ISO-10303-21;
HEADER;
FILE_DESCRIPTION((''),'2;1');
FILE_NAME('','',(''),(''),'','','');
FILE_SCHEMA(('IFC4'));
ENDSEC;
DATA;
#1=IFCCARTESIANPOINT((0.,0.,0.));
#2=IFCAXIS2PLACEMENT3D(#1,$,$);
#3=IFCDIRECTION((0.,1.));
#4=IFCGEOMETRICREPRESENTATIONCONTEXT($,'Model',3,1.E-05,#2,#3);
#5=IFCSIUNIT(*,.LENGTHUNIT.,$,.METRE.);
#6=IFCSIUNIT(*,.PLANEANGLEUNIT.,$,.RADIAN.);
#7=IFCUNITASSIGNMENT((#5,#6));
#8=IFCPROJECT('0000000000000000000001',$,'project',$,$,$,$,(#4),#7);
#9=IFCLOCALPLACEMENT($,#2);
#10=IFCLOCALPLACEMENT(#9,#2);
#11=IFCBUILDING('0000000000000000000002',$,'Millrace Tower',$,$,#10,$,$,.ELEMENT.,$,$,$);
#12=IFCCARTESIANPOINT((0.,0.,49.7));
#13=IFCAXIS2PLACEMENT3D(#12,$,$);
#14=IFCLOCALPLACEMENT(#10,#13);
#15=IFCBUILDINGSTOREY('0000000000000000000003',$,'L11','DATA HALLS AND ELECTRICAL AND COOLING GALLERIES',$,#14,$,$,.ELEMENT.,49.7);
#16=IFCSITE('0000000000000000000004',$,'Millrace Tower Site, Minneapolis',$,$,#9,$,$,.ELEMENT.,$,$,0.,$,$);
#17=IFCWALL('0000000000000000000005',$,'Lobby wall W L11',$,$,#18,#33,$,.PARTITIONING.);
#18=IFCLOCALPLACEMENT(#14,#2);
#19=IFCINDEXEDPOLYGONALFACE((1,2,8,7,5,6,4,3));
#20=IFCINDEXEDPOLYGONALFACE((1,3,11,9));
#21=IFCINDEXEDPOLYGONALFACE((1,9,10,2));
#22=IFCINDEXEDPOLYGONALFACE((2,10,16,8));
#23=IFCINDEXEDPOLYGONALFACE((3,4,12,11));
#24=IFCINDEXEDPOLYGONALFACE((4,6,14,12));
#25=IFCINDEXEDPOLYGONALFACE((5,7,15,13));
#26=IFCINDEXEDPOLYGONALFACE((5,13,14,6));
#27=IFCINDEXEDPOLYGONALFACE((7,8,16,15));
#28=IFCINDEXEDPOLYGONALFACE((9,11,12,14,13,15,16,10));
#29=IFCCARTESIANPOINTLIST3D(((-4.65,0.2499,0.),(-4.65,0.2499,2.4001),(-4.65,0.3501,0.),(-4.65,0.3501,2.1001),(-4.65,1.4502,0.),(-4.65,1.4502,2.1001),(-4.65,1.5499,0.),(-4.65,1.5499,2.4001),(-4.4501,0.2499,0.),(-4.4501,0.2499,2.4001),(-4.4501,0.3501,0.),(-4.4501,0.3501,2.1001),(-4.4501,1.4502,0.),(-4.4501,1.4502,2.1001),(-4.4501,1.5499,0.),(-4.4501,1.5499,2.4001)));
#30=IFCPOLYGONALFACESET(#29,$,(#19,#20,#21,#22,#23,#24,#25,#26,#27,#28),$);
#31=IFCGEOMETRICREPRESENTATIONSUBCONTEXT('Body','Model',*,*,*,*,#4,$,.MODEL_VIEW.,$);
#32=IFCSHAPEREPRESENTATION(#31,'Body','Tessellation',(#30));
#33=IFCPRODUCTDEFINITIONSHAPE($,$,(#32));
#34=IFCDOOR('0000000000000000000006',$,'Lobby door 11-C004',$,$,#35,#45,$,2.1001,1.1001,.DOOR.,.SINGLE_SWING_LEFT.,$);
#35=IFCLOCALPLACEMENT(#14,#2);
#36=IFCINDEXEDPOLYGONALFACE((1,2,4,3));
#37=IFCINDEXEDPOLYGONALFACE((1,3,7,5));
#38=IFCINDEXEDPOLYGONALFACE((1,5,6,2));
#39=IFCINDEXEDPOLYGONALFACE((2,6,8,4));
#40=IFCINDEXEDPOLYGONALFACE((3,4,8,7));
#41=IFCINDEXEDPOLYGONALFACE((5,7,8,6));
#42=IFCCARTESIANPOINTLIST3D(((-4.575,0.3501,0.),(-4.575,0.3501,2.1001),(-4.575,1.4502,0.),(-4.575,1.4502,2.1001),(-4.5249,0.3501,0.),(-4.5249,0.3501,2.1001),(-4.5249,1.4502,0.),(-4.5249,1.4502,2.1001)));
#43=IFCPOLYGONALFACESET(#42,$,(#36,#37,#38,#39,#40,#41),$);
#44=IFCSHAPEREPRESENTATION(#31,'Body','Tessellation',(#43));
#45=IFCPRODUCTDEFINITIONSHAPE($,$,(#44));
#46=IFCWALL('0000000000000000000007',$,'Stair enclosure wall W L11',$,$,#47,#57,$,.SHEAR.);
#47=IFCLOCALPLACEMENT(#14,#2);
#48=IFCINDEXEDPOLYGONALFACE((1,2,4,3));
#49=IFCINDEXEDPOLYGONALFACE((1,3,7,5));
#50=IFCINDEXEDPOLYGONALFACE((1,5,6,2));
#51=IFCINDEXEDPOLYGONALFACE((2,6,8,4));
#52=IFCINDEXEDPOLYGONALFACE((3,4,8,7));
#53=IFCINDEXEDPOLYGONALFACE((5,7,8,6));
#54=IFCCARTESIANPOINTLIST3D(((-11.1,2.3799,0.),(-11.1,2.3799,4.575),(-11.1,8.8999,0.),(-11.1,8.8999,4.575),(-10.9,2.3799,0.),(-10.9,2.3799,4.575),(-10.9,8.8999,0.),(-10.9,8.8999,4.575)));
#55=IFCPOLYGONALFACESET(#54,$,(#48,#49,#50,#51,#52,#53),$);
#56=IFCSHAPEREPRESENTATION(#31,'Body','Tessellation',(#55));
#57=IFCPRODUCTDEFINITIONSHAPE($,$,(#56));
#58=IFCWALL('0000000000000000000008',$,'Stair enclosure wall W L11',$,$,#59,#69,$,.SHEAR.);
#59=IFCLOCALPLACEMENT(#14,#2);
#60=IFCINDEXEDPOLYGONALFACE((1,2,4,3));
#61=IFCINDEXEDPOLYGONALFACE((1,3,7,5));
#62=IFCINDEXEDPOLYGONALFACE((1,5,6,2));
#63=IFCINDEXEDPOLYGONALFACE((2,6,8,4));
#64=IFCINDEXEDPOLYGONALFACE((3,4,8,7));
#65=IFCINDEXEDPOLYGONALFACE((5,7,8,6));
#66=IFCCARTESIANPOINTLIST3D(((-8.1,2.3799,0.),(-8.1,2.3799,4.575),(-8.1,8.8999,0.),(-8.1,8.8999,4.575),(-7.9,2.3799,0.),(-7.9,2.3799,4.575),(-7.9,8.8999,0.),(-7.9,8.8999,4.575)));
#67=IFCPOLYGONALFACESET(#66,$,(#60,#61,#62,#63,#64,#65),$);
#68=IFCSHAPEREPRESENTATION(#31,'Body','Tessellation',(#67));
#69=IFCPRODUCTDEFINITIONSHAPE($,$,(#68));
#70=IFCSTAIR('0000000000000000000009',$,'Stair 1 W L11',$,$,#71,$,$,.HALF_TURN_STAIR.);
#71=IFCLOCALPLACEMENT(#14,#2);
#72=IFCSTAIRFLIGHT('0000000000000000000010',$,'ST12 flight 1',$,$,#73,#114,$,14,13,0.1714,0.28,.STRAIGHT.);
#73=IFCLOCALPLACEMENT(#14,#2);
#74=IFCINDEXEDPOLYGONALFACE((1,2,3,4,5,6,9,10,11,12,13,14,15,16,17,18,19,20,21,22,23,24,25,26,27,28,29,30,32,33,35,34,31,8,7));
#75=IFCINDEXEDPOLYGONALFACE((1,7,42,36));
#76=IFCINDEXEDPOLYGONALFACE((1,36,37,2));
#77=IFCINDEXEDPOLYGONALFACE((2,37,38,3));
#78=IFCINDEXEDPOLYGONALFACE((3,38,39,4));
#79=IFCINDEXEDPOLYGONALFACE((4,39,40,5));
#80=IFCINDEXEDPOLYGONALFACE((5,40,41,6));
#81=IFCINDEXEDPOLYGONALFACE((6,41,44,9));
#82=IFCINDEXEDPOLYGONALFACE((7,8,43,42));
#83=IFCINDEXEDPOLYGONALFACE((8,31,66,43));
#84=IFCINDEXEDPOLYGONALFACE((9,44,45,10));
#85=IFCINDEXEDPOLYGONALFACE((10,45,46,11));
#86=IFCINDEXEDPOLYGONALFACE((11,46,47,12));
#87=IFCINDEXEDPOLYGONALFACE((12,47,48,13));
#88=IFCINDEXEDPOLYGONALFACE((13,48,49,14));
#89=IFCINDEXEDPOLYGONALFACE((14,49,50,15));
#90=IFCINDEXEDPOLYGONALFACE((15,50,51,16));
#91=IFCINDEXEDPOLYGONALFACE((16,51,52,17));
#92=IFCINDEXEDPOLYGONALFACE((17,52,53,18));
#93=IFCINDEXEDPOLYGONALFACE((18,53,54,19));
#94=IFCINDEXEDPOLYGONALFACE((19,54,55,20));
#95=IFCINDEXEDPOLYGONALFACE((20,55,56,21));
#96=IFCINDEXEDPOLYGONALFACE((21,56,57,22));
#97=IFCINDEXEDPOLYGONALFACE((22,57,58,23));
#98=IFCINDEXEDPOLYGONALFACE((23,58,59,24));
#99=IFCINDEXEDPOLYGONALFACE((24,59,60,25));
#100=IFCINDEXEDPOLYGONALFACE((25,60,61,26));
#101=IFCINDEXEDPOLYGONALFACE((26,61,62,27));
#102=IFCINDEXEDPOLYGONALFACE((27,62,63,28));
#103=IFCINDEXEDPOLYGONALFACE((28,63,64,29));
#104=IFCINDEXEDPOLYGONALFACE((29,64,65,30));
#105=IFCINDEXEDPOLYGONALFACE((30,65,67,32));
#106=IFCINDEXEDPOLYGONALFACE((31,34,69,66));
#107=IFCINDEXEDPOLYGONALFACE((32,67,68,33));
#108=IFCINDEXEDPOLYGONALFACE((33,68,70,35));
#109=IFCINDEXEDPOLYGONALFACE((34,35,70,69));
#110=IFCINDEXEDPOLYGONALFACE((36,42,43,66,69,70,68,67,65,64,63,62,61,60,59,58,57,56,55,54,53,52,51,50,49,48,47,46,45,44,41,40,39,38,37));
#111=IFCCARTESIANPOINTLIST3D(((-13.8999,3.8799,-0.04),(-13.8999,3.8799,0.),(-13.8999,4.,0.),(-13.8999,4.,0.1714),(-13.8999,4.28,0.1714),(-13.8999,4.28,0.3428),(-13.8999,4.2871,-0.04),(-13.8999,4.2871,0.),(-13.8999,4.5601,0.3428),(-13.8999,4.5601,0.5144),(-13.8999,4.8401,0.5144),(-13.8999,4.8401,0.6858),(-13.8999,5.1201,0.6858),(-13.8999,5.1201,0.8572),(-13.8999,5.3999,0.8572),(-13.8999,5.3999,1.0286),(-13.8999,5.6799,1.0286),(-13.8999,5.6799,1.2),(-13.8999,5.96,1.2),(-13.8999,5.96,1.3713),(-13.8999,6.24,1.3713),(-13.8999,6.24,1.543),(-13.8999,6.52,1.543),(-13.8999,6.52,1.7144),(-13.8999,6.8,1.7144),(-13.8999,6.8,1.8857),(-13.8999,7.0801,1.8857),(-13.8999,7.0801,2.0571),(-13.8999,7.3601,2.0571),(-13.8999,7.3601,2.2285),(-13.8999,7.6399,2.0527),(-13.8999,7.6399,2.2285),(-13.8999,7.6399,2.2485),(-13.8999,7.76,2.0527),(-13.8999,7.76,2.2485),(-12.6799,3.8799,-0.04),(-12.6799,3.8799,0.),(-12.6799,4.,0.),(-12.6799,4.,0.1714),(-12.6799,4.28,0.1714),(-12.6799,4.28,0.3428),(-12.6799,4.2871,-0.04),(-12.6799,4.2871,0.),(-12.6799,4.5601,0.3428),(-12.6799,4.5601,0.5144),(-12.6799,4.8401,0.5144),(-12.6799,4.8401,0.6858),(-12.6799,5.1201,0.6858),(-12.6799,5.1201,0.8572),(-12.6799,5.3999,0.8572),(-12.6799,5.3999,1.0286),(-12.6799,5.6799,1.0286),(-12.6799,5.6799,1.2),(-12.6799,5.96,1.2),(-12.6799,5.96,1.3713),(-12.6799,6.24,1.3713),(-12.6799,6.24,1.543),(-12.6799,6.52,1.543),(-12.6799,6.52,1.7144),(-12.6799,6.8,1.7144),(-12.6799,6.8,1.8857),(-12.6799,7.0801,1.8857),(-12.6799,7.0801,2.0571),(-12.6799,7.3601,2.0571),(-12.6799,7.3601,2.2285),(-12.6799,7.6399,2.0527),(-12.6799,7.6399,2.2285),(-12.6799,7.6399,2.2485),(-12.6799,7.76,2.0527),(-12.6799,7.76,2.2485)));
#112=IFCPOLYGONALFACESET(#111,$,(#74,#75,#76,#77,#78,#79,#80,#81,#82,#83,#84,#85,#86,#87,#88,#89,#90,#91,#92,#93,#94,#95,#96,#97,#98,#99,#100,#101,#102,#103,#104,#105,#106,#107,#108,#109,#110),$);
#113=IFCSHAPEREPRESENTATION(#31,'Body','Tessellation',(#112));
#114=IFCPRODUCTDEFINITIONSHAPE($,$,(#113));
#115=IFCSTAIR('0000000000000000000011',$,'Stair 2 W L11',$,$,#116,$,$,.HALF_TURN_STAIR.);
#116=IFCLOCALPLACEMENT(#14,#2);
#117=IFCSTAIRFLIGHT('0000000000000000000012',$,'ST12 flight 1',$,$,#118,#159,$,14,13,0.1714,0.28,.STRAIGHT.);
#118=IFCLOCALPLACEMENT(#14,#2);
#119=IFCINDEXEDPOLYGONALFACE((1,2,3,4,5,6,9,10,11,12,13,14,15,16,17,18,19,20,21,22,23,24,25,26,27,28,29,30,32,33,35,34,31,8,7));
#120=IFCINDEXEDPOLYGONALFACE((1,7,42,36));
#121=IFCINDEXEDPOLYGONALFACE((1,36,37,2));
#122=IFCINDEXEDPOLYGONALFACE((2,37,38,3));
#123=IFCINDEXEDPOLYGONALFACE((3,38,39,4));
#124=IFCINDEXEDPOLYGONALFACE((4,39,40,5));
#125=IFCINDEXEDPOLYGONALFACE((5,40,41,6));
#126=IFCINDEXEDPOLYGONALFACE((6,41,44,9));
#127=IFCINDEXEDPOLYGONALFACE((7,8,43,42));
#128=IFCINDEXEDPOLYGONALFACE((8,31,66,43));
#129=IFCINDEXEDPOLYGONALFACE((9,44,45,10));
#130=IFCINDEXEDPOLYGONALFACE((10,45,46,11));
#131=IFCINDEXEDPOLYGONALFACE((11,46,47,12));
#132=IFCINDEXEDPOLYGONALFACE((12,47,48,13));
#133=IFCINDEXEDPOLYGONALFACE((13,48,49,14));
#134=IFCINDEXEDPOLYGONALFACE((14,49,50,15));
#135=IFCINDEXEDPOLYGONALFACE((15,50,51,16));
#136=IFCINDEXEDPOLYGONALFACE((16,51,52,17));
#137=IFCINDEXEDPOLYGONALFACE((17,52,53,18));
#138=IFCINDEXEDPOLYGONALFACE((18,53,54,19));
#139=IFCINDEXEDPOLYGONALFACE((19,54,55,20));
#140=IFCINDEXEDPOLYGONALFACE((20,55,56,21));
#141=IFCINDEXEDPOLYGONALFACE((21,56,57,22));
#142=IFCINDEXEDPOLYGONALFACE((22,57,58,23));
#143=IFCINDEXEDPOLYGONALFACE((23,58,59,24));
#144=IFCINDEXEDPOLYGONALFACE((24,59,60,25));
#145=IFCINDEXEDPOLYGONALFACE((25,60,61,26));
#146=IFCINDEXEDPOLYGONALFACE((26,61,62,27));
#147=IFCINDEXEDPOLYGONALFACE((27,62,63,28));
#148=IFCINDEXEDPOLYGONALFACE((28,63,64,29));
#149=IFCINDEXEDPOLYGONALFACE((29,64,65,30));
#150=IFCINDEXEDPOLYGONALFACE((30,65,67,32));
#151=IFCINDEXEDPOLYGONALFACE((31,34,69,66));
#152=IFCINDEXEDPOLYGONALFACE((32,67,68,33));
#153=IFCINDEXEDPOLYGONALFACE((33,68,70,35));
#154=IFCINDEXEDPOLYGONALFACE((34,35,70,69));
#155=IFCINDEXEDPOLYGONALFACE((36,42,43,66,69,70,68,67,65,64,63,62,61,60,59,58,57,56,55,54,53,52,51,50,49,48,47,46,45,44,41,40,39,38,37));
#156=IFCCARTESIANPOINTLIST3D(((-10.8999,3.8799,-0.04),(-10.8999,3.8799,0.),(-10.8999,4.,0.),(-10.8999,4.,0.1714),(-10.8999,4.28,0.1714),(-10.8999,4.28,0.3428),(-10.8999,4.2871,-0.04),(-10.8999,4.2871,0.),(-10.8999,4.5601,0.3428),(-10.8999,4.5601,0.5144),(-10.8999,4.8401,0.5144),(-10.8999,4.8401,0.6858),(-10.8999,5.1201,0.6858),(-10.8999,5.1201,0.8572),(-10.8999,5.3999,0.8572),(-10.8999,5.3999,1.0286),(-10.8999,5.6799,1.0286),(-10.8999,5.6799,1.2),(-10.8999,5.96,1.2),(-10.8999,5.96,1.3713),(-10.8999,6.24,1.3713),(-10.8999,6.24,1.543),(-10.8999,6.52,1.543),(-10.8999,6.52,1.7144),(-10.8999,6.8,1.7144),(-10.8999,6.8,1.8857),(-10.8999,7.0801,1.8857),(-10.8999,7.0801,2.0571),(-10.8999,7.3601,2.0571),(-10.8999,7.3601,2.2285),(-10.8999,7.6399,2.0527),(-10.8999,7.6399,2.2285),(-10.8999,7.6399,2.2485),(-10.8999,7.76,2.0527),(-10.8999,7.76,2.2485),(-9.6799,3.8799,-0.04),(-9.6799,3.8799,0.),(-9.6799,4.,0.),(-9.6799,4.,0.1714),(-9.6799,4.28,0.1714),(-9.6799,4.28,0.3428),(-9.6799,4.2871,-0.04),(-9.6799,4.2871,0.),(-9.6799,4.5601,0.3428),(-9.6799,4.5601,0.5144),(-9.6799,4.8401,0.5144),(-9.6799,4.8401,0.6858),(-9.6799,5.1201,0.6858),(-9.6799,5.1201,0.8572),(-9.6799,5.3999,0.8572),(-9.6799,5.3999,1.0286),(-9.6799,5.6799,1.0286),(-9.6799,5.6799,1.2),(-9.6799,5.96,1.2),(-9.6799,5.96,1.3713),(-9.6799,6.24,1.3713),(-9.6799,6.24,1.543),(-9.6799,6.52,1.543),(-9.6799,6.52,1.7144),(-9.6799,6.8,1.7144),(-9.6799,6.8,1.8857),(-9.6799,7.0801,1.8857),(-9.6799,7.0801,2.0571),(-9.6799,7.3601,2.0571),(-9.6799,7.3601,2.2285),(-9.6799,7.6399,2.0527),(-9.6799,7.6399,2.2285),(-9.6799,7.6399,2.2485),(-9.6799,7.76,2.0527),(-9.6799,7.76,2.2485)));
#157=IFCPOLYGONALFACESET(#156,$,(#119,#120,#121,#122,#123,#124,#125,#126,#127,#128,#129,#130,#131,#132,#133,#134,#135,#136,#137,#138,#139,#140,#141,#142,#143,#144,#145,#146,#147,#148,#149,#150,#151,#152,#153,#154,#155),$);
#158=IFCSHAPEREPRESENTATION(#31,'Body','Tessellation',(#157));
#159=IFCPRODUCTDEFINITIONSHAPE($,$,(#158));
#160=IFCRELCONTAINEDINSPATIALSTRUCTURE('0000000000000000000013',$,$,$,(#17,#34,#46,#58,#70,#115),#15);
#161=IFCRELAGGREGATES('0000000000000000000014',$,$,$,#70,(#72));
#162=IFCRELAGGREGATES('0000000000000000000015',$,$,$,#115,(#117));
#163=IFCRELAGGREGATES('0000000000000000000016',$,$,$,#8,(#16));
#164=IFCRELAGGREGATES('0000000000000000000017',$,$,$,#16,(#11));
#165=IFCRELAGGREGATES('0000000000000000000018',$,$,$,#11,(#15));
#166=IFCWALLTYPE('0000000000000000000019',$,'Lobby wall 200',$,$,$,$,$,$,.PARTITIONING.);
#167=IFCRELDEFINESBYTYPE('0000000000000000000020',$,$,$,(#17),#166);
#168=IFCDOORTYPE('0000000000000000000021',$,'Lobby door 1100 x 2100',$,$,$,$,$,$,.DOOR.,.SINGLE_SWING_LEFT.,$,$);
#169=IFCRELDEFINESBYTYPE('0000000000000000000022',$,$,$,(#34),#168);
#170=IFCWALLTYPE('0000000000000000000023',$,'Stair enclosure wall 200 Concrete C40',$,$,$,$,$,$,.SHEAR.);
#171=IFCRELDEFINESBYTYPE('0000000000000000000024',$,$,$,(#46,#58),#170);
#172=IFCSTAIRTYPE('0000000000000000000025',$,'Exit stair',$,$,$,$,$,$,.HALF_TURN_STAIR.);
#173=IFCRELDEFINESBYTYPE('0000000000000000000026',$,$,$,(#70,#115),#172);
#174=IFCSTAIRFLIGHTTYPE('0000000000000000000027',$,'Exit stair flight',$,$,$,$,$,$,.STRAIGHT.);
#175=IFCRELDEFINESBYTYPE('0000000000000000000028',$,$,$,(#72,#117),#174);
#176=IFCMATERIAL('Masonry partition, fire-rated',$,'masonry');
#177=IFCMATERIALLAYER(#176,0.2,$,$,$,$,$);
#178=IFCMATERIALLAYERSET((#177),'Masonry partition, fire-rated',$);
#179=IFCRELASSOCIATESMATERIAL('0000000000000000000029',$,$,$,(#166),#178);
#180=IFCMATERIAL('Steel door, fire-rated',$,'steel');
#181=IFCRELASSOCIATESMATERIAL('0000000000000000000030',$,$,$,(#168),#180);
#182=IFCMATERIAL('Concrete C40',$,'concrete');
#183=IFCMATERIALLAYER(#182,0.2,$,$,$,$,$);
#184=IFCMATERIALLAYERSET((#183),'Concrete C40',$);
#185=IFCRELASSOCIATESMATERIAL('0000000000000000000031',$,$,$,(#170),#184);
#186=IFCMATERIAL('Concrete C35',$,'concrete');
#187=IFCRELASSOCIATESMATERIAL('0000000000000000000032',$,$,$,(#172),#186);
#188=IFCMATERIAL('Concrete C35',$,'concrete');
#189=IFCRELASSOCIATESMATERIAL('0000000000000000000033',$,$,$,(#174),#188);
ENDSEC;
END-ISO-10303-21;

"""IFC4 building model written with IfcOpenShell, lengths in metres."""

from ifc_helpers import new_model, si_unit, direction, frame, frame_2d, origin, place, context, subcontext, project, spatial, polyline, rectangle, outline, extrude, material, layer, layer_set, type_object, element, fill, aggregate, save


model = new_model("IFC4")

# Units and contexts
model_context = context("Model", 3, precision=1e-05, world=origin(), true_north=direction((0.0, 1.0)))
body_context = subcontext(model_context, "Body", "Model", "MODEL_VIEW")
ifc_project = project(units=[si_unit("LENGTHUNIT", "METRE"), si_unit("PLANEANGLEUNIT", "RADIAN")], contexts=[model_context])

# Site, building, storey
site_placement = place(None, origin())
site = spatial("IfcSite", under=ifc_project, at=site_placement, Name="Millrace Tower Site, Minneapolis", CompositionType="ELEMENT", RefElevation=0.0)
building_placement = place(site_placement, origin())
building = spatial("IfcBuilding", under=site, at=building_placement, Name="Millrace Tower", CompositionType="ELEMENT")
storey_placement = place(building_placement, frame((0.0, 0.0, 49.7)))
storey = spatial("IfcBuildingStorey", under=building, at=storey_placement, Name="L11", Description="DATA HALLS AND ELECTRICAL AND COOLING GALLERIES", CompositionType="ELEMENT", Elevation=49.7)

# Shared definitions
placement_1 = place(storey_placement, origin())

# Wall, opening, door
ifc_material_1 = material(Name="Masonry partition, fire-rated", Category="masonry")
ifc_layer_1 = layer(ifc_material_1, 0.2)
ifc_layer_set_1 = layer_set([ifc_layer_1], Name="Masonry partition, fire-rated")
wall_type_1 = type_object("IfcWallType", Name="Lobby wall 200", PredefinedType="PARTITIONING", material=ifc_layer_set_1)
wall_1_placement = place(storey_placement, frame((-4.55, 0.25, 0.0), z_axis=(0.0, 0.0, 1.0), x_axis=(0.0, 1.0, 0.0)))
wall_1 = element("IfcWall", 1, at=wall_1_placement, inside=storey, type_object=wall_type_1, Name="Lobby wall W L11", PredefinedType="PARTITIONING", context=body_context, shape_type="SweptSolid", body=[
    extrude(rectangle(XDim=1.3, YDim=0.2, at=frame_2d((0.6499, 0.0))), origin(), (0.0, 0.0, 1.0), 2.4001),
])
opening_placement = place(wall_1_placement, frame((0.1001, 0.0, 0.0)))
opening = element("IfcOpeningElement", 2, at=opening_placement, cuts=wall_1, PredefinedType="OPENING", context=body_context, shape_type="SweptSolid", body=[
    extrude(rectangle(XDim=1.1001, YDim=2.1001, at=frame_2d((0.55, 1.05))), frame((0.0, 0.1099, 0.0), z_axis=(0.0, -1.0, 0.0), x_axis=(1.0, 0.0, 0.0)), (0.0, 0.0, 1.0), 0.22),
])
ifc_material_2 = material(Name="Steel door, fire-rated", Category="steel")
door_type = type_object("IfcDoorType", Name="Lobby door 1100 x 2100", OperationType="SINGLE_SWING_LEFT", PredefinedType="DOOR", material=ifc_material_2)
door_placement = place(opening_placement, origin())
door = element("IfcDoor", 3, at=door_placement, inside=storey, type_object=door_type, Name="Lobby door 11-C004", OperationType="SINGLE_SWING_LEFT", OverallHeight=2.1001, OverallWidth=1.1001, PredefinedType="DOOR", context=body_context, shape_type="SweptSolid", body=[
    extrude(rectangle(XDim=1.1001, YDim=2.1001, at=frame_2d((0.55, 1.05))), frame((0.0, 0.0249, 0.0), z_axis=(0.0, -1.0, 0.0), x_axis=(1.0, 0.0, 0.0)), (0.0, 0.0, 1.0), 0.05),
])
fill(opening, door)

# Walls
ifc_material_3 = material(Name="Concrete C40", Category="concrete")
ifc_layer_2 = layer(ifc_material_3, 0.2)
ifc_layer_set_2 = layer_set([ifc_layer_2], Name="Concrete C40")
wall_type_2 = type_object("IfcWallType", Name="Stair enclosure wall 200 Concrete C40", PredefinedType="SHEAR", material=ifc_layer_set_2)
for number, where, z_axis, x_axis, name in (
    (4, (-11.0, 2.3799, 0.0), (0.0, 0.0, 1.0), (0.0, 1.0, 0.0), "Stair enclosure wall W L11"),
    (5, (-8.0, 2.3799, 0.0), (0.0, 0.0, 1.0), (0.0, 1.0, 0.0), "Stair enclosure wall W L11"),
):
    element("IfcWall", number, at=place(storey_placement, frame(where, z_axis=z_axis, x_axis=x_axis)), inside=storey, type_object=wall_type_2, Name=name, PredefinedType="SHEAR", context=body_context, shape_type="SweptSolid", body=[
        extrude(rectangle(XDim=6.52, YDim=0.2, at=frame_2d((3.26, 0.0))), origin(), (0.0, 0.0, 1.0), 4.575),
    ])

# Stairs, stair flights
ifc_material_4 = material(Name="Concrete C35", Category="concrete")
stair_type = type_object("IfcStairType", Name="Exit stair", PredefinedType="HALF_TURN_STAIR", material=ifc_material_4)
stair_1 = element("IfcStair", 6, at=placement_1, inside=storey, type_object=stair_type, Name="Stair 1 W L11", PredefinedType="HALF_TURN_STAIR")
ifc_material_5 = material(Name="Concrete C35", Category="concrete")
stair_flight_type = type_object("IfcStairFlightType", Name="Exit stair flight", PredefinedType="STRAIGHT", material=ifc_material_5)
stair_flight_1_placement = place(storey_placement, frame((-13.29, 4.0, 0.0), z_axis=(0.0, 0.0, 1.0), x_axis=(0.0, 1.0, 0.0)))
stair_flight_1 = element("IfcStairFlight", 7, at=stair_flight_1_placement, type_object=stair_flight_type, Name="ST12 flight 1", NumberOfRisers=14, NumberOfTreads=13, PredefinedType="STRAIGHT", RiserHeight=0.1714, TreadLength=0.28, context=body_context, shape_type="SweptSolid", body=[
    extrude(outline(polyline([(-0.1201, -0.04), (-0.1201, 0.0), (0.0, 0.0), (0.0, 0.1714), (0.28, 0.1714), (0.28, 0.3428), (0.5601, 0.3428), (0.5601, 0.5144), (0.8401, 0.5144), (0.8401, 0.6858), (1.1201, 0.6858), (1.1201, 0.8572), (1.3999, 0.8572), (1.3999, 1.0286), (1.6799, 1.0286), (1.6799, 1.2), (1.96, 1.2), (1.96, 1.3713), (2.24, 1.3713), (2.24, 1.543), (2.52, 1.543), (2.52, 1.7144), (2.8, 1.7144), (2.8, 1.8857), (3.0801, 1.8857), (3.0801, 2.0571), (3.3601, 2.0571), (3.3601, 2.2285), (3.6399, 2.2285), (3.6399, 2.2485), (3.76, 2.2485), (3.76, 2.0527), (3.6399, 2.0527), (0.2871, 0.0), (0.2871, -0.04), (-0.1201, -0.04)])), frame((0.0, 0.6099, 0.0), z_axis=(0.0, -1.0, 0.0), x_axis=(1.0, 0.0, 0.0)), (0.0, 0.0, 1.0), 1.22),
])
aggregate(stair_1, [stair_flight_1])
stair_2 = element("IfcStair", 8, at=placement_1, inside=storey, type_object=stair_type, Name="Stair 2 W L11", PredefinedType="HALF_TURN_STAIR")
stair_flight_2_placement = place(storey_placement, frame((-10.29, 4.0, 0.0), z_axis=(0.0, 0.0, 1.0), x_axis=(0.0, 1.0, 0.0)))
stair_flight_2 = element("IfcStairFlight", 9, at=stair_flight_2_placement, type_object=stair_flight_type, Name="ST12 flight 1", NumberOfRisers=14, NumberOfTreads=13, PredefinedType="STRAIGHT", RiserHeight=0.1714, TreadLength=0.28, context=body_context, shape_type="SweptSolid", body=[
    extrude(outline(polyline([(-0.1201, -0.04), (-0.1201, 0.0), (0.0, 0.0), (0.0, 0.1714), (0.28, 0.1714), (0.28, 0.3428), (0.5601, 0.3428), (0.5601, 0.5144), (0.8401, 0.5144), (0.8401, 0.6858), (1.1201, 0.6858), (1.1201, 0.8572), (1.3999, 0.8572), (1.3999, 1.0286), (1.6799, 1.0286), (1.6799, 1.2), (1.96, 1.2), (1.96, 1.3713), (2.24, 1.3713), (2.24, 1.543), (2.52, 1.543), (2.52, 1.7144), (2.8, 1.7144), (2.8, 1.8857), (3.0801, 1.8857), (3.0801, 2.0571), (3.3601, 2.0571), (3.3601, 2.2285), (3.6399, 2.2285), (3.6399, 2.2485), (3.76, 2.2485), (3.76, 2.0527), (3.6399, 2.0527), (0.2871, 0.0), (0.2871, -0.04), (-0.1201, -0.04)])), frame((0.0, 0.6099, 0.0), z_axis=(0.0, -1.0, 0.0), x_axis=(1.0, 0.0, 0.0)), (0.0, 0.0, 1.0), 1.22),
])
aggregate(stair_2, [stair_flight_2])

save(model, "model.ifc")
